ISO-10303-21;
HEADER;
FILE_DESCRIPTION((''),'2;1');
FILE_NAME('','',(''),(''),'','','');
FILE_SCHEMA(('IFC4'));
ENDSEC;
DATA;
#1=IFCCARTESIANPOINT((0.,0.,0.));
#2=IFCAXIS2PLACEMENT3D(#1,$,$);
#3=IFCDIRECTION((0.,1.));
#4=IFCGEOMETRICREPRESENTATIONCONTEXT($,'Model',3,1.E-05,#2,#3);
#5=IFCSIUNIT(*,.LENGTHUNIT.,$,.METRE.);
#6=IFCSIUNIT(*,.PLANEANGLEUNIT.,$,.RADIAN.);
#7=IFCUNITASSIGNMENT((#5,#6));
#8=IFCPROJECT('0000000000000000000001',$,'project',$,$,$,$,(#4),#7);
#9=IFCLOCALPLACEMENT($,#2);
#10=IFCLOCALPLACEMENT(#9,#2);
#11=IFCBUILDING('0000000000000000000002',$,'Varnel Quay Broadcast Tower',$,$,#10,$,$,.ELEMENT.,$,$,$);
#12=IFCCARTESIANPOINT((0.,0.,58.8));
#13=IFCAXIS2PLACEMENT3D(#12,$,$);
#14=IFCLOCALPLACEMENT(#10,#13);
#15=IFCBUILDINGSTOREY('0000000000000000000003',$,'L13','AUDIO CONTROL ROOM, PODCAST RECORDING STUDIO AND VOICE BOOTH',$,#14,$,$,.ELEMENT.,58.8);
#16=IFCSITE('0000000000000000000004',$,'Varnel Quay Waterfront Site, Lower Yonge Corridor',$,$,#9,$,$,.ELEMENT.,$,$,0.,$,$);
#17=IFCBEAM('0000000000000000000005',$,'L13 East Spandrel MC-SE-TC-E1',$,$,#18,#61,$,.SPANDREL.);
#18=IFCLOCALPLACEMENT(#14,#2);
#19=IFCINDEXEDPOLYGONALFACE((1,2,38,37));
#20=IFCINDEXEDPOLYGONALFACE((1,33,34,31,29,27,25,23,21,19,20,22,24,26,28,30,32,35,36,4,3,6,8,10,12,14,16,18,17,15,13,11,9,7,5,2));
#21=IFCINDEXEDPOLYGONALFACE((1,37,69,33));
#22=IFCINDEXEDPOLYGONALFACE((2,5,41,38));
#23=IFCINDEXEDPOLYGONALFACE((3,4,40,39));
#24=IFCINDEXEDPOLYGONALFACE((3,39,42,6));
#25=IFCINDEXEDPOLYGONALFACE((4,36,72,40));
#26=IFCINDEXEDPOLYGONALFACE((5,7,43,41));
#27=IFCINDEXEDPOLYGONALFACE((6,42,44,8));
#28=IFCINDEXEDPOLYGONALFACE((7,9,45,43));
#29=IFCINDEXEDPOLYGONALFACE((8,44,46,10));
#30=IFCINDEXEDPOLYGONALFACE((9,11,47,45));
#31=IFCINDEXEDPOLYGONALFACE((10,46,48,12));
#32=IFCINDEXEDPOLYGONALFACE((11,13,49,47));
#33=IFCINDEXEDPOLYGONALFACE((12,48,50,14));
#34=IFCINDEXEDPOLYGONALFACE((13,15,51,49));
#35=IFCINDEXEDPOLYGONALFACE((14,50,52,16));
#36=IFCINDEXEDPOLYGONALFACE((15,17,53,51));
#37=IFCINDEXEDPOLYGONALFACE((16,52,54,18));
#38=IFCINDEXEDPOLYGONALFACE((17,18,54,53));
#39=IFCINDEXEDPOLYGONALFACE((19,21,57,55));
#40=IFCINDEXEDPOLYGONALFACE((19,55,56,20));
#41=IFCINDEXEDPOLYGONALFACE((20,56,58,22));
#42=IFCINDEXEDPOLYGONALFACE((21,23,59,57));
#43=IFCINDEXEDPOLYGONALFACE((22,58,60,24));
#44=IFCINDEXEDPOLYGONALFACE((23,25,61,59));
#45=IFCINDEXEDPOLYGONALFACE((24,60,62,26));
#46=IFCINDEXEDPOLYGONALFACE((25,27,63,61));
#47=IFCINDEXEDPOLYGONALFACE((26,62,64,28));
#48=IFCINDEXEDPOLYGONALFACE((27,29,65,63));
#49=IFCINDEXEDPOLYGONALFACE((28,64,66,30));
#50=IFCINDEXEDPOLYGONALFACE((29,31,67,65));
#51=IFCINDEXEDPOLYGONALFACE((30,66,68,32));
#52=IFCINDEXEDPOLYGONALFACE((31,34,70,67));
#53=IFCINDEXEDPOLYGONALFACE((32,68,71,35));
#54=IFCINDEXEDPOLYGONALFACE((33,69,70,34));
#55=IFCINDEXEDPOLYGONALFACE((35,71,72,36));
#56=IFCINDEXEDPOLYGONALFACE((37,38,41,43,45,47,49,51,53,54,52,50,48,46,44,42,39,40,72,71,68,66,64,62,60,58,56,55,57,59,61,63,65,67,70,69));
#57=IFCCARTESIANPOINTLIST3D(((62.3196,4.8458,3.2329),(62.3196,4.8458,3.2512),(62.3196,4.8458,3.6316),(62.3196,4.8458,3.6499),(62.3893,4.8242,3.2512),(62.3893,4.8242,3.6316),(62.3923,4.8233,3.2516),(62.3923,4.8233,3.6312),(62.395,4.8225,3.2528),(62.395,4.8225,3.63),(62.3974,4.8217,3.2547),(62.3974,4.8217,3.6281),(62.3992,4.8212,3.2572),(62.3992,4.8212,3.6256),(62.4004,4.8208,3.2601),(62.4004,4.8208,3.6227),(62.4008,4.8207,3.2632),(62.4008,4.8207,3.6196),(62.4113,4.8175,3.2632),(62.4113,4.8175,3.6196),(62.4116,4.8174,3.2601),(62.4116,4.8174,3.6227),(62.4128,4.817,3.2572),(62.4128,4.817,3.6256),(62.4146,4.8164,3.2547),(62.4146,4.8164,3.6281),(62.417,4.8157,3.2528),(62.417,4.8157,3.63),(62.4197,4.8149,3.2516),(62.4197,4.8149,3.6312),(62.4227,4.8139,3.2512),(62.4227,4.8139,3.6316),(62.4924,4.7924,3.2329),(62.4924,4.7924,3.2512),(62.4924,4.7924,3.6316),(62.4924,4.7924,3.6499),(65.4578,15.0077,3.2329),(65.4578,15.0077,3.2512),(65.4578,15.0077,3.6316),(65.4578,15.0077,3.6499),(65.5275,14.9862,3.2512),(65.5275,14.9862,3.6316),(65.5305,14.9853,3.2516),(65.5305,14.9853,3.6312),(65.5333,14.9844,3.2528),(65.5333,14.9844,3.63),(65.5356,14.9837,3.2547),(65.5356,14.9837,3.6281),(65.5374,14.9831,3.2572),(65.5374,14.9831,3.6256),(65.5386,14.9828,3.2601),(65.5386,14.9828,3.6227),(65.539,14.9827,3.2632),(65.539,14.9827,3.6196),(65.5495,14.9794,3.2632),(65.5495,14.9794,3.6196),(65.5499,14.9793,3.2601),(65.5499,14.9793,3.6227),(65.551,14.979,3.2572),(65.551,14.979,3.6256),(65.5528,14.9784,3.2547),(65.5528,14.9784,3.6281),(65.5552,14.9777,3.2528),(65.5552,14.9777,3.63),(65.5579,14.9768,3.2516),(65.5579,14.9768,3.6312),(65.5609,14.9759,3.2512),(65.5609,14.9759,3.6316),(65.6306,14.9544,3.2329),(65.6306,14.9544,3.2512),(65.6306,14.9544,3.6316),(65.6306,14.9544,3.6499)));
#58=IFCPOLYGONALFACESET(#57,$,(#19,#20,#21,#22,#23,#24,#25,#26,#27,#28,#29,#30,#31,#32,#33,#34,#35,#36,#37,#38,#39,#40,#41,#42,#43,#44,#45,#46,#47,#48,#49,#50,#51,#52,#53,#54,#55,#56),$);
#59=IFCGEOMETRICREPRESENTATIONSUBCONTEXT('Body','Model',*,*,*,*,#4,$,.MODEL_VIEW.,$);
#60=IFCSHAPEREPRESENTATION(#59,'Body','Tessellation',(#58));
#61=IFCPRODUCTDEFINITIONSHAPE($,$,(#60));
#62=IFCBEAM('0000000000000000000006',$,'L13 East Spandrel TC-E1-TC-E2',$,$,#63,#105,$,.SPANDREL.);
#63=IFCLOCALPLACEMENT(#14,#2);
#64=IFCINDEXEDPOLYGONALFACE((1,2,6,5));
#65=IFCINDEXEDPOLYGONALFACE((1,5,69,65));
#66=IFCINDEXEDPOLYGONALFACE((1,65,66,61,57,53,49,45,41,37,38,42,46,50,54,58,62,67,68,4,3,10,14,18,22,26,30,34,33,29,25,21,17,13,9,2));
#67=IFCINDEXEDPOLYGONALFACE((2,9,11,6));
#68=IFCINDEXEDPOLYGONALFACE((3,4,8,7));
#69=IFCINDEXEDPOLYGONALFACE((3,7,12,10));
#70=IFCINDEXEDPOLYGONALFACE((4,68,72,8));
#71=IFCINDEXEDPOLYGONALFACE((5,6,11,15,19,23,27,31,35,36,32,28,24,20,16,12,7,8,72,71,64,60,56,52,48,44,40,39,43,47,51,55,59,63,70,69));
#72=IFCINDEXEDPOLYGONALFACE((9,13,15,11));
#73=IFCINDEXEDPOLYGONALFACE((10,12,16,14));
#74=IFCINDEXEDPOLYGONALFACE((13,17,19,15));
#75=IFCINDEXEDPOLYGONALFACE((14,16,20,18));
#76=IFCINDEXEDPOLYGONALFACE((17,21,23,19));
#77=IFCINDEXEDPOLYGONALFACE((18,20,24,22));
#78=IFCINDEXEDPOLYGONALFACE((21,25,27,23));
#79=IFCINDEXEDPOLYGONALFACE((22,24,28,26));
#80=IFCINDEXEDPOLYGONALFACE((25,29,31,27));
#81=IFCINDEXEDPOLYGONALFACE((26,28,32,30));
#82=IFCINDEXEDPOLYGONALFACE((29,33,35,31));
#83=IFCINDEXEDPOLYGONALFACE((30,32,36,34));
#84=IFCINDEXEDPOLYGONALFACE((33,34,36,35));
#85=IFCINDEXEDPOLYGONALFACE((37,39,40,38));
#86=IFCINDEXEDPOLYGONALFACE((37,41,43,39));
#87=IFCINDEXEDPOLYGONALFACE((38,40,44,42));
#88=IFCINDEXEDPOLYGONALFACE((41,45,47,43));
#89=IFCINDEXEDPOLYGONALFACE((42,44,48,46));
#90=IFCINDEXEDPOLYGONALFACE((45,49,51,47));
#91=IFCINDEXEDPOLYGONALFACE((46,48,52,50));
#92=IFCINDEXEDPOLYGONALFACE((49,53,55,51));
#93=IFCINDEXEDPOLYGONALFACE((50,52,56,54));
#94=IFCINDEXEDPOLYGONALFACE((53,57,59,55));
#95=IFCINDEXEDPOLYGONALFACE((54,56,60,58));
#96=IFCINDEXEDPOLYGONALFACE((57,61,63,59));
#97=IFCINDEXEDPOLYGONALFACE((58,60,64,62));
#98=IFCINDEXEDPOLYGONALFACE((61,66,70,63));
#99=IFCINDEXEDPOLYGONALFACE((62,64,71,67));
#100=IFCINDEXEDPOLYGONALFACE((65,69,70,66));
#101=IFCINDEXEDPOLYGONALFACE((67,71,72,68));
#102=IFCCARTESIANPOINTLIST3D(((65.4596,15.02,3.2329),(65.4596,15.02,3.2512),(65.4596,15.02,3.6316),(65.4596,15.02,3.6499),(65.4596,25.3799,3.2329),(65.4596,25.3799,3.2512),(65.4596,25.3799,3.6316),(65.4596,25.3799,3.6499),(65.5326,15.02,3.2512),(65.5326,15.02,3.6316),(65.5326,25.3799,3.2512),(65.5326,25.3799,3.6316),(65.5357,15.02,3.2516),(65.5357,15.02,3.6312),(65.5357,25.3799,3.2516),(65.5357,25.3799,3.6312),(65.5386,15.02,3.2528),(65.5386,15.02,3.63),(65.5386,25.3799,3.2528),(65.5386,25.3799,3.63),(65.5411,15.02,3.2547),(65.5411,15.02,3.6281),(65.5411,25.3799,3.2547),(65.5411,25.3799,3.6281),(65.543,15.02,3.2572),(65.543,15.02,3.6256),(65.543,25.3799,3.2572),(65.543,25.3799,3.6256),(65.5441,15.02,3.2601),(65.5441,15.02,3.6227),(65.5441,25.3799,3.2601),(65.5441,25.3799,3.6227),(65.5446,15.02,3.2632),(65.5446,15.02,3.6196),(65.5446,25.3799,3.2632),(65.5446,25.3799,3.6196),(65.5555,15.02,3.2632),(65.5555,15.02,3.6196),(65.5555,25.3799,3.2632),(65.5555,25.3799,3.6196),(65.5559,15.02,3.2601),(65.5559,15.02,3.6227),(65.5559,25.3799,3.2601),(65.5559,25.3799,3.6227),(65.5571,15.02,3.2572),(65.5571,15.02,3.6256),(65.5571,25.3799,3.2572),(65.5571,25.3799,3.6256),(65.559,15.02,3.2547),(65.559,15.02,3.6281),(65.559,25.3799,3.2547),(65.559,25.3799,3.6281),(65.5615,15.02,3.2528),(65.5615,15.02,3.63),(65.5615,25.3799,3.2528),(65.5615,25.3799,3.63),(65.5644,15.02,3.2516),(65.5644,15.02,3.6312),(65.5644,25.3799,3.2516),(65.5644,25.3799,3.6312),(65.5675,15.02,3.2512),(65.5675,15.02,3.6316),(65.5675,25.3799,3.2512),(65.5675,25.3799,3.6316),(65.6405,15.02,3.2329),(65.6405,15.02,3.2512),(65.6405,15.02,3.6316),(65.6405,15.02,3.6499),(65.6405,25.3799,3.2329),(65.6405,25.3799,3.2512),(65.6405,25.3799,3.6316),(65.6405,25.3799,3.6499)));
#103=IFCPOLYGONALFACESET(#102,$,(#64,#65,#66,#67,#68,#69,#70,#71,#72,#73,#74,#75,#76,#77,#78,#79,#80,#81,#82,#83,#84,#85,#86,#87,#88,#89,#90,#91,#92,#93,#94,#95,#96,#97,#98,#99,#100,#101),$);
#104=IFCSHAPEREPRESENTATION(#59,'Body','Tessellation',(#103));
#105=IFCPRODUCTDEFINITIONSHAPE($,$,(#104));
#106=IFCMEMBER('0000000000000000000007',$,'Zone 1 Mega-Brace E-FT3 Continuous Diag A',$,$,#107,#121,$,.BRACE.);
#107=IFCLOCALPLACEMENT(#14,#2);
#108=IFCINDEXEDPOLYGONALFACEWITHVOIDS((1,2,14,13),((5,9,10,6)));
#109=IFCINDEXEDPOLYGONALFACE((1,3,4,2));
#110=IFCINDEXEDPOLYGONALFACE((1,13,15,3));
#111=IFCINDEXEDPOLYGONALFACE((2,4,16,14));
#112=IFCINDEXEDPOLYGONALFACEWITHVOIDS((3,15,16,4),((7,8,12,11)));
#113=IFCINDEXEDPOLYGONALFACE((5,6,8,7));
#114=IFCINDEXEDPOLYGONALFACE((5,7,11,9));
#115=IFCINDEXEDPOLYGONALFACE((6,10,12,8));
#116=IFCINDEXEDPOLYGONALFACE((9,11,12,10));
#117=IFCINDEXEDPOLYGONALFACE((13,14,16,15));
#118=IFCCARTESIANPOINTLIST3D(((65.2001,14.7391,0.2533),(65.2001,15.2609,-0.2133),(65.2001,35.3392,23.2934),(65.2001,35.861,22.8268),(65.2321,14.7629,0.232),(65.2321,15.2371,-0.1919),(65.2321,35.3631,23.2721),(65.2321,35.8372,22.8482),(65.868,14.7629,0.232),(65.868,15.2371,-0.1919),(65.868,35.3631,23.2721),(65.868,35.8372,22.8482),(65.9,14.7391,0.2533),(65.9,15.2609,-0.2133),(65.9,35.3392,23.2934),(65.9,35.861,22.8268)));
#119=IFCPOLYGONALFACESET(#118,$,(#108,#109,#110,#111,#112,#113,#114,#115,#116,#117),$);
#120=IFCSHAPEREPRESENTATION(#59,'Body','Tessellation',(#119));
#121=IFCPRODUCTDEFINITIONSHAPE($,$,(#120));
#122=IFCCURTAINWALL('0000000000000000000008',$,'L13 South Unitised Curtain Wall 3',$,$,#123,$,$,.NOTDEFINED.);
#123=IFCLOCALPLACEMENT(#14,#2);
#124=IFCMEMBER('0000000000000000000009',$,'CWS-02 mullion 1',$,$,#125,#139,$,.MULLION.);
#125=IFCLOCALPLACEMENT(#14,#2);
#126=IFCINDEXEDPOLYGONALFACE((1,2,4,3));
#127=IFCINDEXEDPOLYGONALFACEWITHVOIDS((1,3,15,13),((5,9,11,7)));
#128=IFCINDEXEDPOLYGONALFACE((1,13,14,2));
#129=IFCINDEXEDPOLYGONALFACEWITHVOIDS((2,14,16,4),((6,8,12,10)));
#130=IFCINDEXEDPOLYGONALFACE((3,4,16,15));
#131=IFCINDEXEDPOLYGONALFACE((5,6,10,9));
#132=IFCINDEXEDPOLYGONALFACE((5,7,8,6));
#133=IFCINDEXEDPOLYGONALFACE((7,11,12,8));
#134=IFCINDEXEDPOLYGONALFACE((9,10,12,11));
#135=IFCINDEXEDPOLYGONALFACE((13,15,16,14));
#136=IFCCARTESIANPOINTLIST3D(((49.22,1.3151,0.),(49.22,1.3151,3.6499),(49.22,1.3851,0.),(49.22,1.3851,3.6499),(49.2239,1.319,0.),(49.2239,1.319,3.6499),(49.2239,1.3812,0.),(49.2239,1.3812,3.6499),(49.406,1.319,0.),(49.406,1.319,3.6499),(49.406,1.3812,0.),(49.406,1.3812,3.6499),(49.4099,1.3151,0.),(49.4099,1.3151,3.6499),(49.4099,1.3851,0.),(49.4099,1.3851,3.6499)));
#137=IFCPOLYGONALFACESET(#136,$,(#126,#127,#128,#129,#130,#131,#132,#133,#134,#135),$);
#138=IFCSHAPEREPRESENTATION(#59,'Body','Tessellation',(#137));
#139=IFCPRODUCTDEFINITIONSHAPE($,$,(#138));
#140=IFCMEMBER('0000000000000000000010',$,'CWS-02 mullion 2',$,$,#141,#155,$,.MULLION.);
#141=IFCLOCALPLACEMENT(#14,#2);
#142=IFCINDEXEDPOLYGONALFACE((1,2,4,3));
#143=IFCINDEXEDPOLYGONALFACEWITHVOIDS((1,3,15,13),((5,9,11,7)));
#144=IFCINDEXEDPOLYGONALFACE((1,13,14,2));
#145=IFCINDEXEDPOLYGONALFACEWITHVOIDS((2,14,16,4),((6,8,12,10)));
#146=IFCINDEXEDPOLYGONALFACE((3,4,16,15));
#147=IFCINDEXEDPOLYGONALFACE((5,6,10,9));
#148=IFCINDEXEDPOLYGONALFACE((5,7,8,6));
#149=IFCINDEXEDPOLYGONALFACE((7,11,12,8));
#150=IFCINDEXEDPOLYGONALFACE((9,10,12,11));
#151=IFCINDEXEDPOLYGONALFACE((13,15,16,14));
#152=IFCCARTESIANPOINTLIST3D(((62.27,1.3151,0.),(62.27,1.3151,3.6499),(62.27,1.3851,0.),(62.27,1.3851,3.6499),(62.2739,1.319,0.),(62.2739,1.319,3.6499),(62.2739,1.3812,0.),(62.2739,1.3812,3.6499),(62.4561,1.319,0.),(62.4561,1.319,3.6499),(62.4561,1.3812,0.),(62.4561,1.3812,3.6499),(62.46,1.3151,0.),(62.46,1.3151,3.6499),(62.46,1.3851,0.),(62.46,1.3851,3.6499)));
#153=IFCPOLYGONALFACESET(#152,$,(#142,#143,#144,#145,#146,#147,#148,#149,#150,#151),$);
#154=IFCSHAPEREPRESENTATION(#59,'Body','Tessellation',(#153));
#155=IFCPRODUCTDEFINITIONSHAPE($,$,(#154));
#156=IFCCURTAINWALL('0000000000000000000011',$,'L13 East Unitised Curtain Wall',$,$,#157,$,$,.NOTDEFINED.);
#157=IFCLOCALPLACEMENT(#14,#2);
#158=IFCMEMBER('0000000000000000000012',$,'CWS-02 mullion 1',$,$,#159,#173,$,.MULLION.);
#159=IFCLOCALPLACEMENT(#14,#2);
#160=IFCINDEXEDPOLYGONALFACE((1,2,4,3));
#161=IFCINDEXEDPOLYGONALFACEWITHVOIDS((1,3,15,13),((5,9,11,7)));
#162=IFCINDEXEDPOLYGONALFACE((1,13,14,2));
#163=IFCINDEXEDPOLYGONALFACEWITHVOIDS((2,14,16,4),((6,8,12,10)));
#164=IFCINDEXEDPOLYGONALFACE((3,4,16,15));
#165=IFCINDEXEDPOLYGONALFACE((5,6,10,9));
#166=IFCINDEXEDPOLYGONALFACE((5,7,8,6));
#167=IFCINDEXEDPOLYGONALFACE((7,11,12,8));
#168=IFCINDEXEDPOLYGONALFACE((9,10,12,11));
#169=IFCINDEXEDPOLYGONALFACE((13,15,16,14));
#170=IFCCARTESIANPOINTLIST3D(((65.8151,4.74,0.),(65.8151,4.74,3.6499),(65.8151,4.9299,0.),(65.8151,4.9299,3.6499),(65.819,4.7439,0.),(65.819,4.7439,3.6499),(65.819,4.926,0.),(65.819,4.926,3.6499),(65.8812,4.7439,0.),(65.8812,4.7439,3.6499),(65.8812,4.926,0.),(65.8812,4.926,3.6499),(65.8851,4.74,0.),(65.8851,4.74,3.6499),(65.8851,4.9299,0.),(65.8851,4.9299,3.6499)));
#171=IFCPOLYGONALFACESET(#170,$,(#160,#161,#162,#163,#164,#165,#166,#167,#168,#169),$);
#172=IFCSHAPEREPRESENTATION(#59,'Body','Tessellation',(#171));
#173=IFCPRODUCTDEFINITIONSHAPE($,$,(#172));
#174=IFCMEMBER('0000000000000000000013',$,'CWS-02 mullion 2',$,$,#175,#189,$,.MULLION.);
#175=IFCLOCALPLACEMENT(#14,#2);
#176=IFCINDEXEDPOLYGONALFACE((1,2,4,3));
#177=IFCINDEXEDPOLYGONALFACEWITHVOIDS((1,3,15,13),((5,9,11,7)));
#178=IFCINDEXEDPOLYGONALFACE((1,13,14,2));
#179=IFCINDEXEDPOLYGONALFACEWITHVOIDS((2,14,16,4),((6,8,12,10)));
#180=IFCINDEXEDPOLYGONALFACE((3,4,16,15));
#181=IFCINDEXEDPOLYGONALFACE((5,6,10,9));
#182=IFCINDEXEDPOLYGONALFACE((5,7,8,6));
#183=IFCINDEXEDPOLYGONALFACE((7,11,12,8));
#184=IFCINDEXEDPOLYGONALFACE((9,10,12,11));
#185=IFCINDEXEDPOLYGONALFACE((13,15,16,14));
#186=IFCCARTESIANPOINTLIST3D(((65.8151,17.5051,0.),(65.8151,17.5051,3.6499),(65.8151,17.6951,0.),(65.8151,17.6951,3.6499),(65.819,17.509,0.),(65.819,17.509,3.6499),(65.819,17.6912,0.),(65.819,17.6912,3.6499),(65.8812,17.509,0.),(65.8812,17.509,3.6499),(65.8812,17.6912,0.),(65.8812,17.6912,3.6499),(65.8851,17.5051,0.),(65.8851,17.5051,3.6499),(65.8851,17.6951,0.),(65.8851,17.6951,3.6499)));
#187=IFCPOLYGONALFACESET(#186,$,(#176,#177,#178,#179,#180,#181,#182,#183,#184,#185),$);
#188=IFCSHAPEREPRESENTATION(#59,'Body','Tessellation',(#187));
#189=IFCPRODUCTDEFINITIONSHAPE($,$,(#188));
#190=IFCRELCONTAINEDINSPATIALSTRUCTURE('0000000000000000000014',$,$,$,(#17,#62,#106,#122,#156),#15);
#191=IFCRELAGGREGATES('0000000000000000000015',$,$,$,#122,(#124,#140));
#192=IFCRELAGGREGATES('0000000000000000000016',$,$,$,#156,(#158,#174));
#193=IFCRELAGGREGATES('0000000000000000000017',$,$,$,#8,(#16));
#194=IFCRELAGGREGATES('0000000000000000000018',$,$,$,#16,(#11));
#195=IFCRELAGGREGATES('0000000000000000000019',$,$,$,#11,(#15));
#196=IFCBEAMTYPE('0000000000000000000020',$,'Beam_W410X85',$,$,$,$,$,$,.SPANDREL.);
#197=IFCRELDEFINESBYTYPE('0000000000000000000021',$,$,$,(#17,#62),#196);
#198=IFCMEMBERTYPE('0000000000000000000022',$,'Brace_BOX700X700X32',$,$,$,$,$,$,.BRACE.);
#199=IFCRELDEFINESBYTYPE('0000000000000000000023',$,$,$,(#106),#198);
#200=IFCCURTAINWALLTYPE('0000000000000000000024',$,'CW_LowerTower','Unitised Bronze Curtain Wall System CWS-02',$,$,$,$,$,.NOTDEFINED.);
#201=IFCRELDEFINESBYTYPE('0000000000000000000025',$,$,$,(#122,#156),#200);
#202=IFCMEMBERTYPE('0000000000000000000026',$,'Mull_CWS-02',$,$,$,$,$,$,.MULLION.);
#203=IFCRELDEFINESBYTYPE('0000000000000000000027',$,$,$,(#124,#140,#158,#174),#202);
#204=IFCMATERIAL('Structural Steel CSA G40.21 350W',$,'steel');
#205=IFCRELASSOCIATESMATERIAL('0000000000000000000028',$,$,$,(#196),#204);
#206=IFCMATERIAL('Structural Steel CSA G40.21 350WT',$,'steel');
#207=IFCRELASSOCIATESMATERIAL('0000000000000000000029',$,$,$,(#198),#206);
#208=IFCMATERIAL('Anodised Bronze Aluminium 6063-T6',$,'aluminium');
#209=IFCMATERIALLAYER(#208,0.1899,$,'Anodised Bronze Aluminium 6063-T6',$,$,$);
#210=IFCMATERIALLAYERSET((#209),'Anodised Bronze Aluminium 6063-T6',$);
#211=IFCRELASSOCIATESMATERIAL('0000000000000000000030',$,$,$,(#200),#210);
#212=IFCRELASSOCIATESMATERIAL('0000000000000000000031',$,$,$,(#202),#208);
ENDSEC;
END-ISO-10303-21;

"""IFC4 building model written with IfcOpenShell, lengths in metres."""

from ifc_helpers import new_model, si_unit, direction, frame, origin, origin_2d, place, context, subcontext, project, spatial, hollow_rectangle, i_section, extrude, source, transform, mapped, material, layer, layer_set, material_profile, profile_set, type_object, type_shapes, element, aggregate, save


model = new_model("IFC4")

# Units and contexts
model_context = context("Model", 3, precision=1e-05, world=origin(), true_north=direction((0.0, 1.0)))
body_context = subcontext(model_context, "Body", "Model", "MODEL_VIEW")
ifc_project = project(units=[si_unit("LENGTHUNIT", "METRE"), si_unit("PLANEANGLEUNIT", "RADIAN")], contexts=[model_context])

# Site, building, storey
site_placement = place(None, origin())
site = spatial("IfcSite", under=ifc_project, at=site_placement, Name="Varnel Quay Waterfront Site, Lower Yonge Corridor", CompositionType="ELEMENT", RefElevation=0.0)
building_placement = place(site_placement, origin())
building = spatial("IfcBuilding", under=site, at=building_placement, Name="Varnel Quay Broadcast Tower", CompositionType="ELEMENT")
storey_placement = place(building_placement, frame((0.0, 0.0, 58.8)))
storey = spatial("IfcBuildingStorey", under=building, at=storey_placement, Name="L13", Description="AUDIO CONTROL ROOM, PODCAST RECORDING STUDIO AND VOICE BOOTH", CompositionType="ELEMENT", Elevation=58.8)

# Shared definitions
ifc_material_1 = material(Name="Structural Steel CSA G40.21 350WT", Category="steel")
ifc_material_2 = material(Name="Structural Steel CSA G40.21 350W", Category="steel")

# Beams
ifc_material_profile_1 = material_profile(ifc_material_2, i_section(OverallWidth=0.1809, OverallDepth=0.417, WebThickness=0.011, FlangeThickness=0.0183, FilletRadius=0.012, at=origin_2d()), Name="W410X85")
ifc_profile_set_1 = profile_set([ifc_material_profile_1], Name="Structural Steel CSA G40.21 350W")
beam_type = type_object("IfcBeamType", Name="Beam_W410X85", PredefinedType="SPANDREL", material=ifc_profile_set_1)
shared_shape_1 = source(origin(), body_context, "Body", "SweptSolid", [
    extrude(i_section(OverallWidth=0.1809, OverallDepth=0.417, WebThickness=0.011, FlangeThickness=0.0183, FilletRadius=0.012, at=origin_2d()), origin(), (0.0, 0.0, 1.0), 10.6355),
])
beam_1_placement = place(storey_placement, frame((62.406, 4.8191, 3.4414), z_axis=(0.29507, 0.955476, 0.0), x_axis=(-0.955476, 0.29507, 0.0)))
element("IfcBeam", 1, at=beam_1_placement, inside=storey, type_object=beam_type, Name="L13 East Spandrel MC-SE-TC-E1", PredefinedType="SPANDREL", context=body_context, shape_type="MappedRepresentation", body=[
    mapped(shared_shape_1, transform((0.0, 0.0, 0.0), x_axis=(1.0, 0.0, 0.0), y_axis=(0.0, 1.0, 0.0), z_axis=(0.0, 0.0, 1.0), scale=1.0)),
])
shared_shape_2 = source(origin(), body_context, "Body", "SweptSolid", [
    extrude(i_section(OverallWidth=0.1809, OverallDepth=0.417, WebThickness=0.011, FlangeThickness=0.0183, FilletRadius=0.012, at=origin_2d()), origin(), (0.0, 0.0, 1.0), 10.3599),
])
beam_2_placement = place(storey_placement, frame((65.55, 15.02, 3.4414), z_axis=(0.0, 1.0, 0.0), x_axis=(-1.0, 0.0, 0.0)))
element("IfcBeam", 2, at=beam_2_placement, inside=storey, type_object=beam_type, Name="L13 East Spandrel TC-E1-TC-E2", PredefinedType="SPANDREL", context=body_context, shape_type="MappedRepresentation", body=[
    mapped(shared_shape_2, transform((0.0, 0.0, 0.0), x_axis=(1.0, 0.0, 0.0), y_axis=(0.0, 1.0, 0.0), z_axis=(0.0, 0.0, 1.0), scale=1.0)),
])

# Member
ifc_material_profile_2 = material_profile(ifc_material_1, hollow_rectangle(XDim=0.7, YDim=0.7, WallThickness=0.032, at=origin_2d()), Name="BOX700X700X32")
ifc_profile_set_2 = profile_set([ifc_material_profile_2], Name="Structural Steel CSA G40.21 350WT")
member_type_1 = type_object("IfcMemberType", Name="Brace_BOX700X700X32", PredefinedType="BRACE", material=ifc_profile_set_2)
shared_shape_3 = source(origin(), body_context, "Body", "SweptSolid", [
    extrude(hollow_rectangle(XDim=0.7, YDim=0.7, WallThickness=0.032, at=origin_2d()), origin(), (0.0, 0.0, 1.0), 30.9065),
])
type_shapes(member_type_1, [shared_shape_3])
member_1_placement = place(storey_placement, frame((65.55, 15.0, 0.02), z_axis=(0.0, 0.666531, 0.745477), x_axis=(-1.0, 0.0, 0.0)))
element("IfcMember", 3, at=member_1_placement, inside=storey, type_object=member_type_1, Name="Zone 1 Mega-Brace E-FT3 Continuous Diag A", PredefinedType="BRACE", context=body_context, shape_type="MappedRepresentation", body=[
    mapped(shared_shape_3, transform((0.0, 0.0, 0.0), x_axis=(1.0, 0.0, 0.0), y_axis=(0.0, 1.0, 0.0), z_axis=(0.0, 0.0, 1.0), scale=1.0)),
])

# Curtain walls, members
ifc_material_3 = material(Name="Anodised Bronze Aluminium 6063-T6", Category="aluminium")
ifc_layer_1 = layer(ifc_material_3, 0.1899, Name="Anodised Bronze Aluminium 6063-T6")
ifc_layer_set_1 = layer_set([ifc_layer_1], Name="Anodised Bronze Aluminium 6063-T6")
curtain_wall_type_1 = type_object("IfcCurtainWallType", Name="CW_LowerTower", Description="Unitised Bronze Curtain Wall System CWS-02", PredefinedType="NOTDEFINED", material=ifc_layer_set_1)
curtain_wall_1_placement = place(storey_placement, origin())
curtain_wall_1 = element("IfcCurtainWall", 4, at=curtain_wall_1_placement, inside=storey, type_object=curtain_wall_type_1, Name="L13 South Unitised Curtain Wall 3", PredefinedType="NOTDEFINED")
ifc_material_profile_3 = material_profile(ifc_material_3, hollow_rectangle(XDim=0.0701, YDim=0.1899, WallThickness=0.0039, at=origin_2d()), Name="ALU70X190X4")
ifc_profile_set_3 = profile_set([ifc_material_profile_3], Name="Anodised Bronze Aluminium 6063-T6")
member_type_2 = type_object("IfcMemberType", Name="Mull_CWS-02", PredefinedType="MULLION", material=ifc_profile_set_3)
shared_shape_4 = source(origin(), body_context, "Body", "SweptSolid", [
    extrude(hollow_rectangle(XDim=0.0701, YDim=0.1899, WallThickness=0.0039, at=origin_2d()), origin(), (0.0, 0.0, 1.0), 3.6499),
])
type_shapes(member_type_2, [shared_shape_4])
member_2_placement = place(storey_placement, frame((49.3149, 1.3501, 0.0), z_axis=(0.0, 0.0, 1.0), x_axis=(0.0, 1.0, 0.0)))
member_2 = element("IfcMember", 5, at=member_2_placement, type_object=member_type_2, Name="CWS-02 mullion 1", PredefinedType="MULLION", context=body_context, shape_type="MappedRepresentation", body=[
    mapped(shared_shape_4, transform((0.0, 0.0, 0.0), x_axis=(1.0, 0.0, 0.0), y_axis=(0.0, 1.0, 0.0), z_axis=(0.0, 0.0, 1.0), scale=1.0)),
])
member_3_placement = place(storey_placement, frame((62.365, 1.3501, 0.0), z_axis=(0.0, 0.0, 1.0), x_axis=(0.0, 1.0, 0.0)))
member_3 = element("IfcMember", 6, at=member_3_placement, type_object=member_type_2, Name="CWS-02 mullion 2", PredefinedType="MULLION", context=body_context, shape_type="MappedRepresentation", body=[
    mapped(shared_shape_4, transform((0.0, 0.0, 0.0), x_axis=(1.0, 0.0, 0.0), y_axis=(0.0, 1.0, 0.0), z_axis=(0.0, 0.0, 1.0), scale=1.0)),
])
curtain_wall_2_placement = place(storey_placement, origin())
curtain_wall_2 = element("IfcCurtainWall", 7, at=curtain_wall_2_placement, inside=storey, type_object=curtain_wall_type_1, Name="L13 East Unitised Curtain Wall", PredefinedType="NOTDEFINED")
member_4_placement = place(storey_placement, frame((65.8501, 4.835, 0.0), z_axis=(0.0, 0.0, 1.0), x_axis=(-1.0, 0.0, 0.0)))
member_4 = element("IfcMember", 8, at=member_4_placement, type_object=member_type_2, Name="CWS-02 mullion 1", PredefinedType="MULLION", context=body_context, shape_type="MappedRepresentation", body=[
    mapped(shared_shape_4, transform((0.0, 0.0, 0.0), x_axis=(1.0, 0.0, 0.0), y_axis=(0.0, 1.0, 0.0), z_axis=(0.0, 0.0, 1.0), scale=1.0)),
])
member_5_placement = place(storey_placement, frame((65.8501, 17.6001, 0.0), z_axis=(0.0, 0.0, 1.0), x_axis=(-1.0, 0.0, 0.0)))
member_5 = element("IfcMember", 9, at=member_5_placement, type_object=member_type_2, Name="CWS-02 mullion 2", PredefinedType="MULLION", context=body_context, shape_type="MappedRepresentation", body=[
    mapped(shared_shape_4, transform((0.0, 0.0, 0.0), x_axis=(1.0, 0.0, 0.0), y_axis=(0.0, 1.0, 0.0), z_axis=(0.0, 0.0, 1.0), scale=1.0)),
])

aggregate(curtain_wall_1, [member_2, member_3])
aggregate(curtain_wall_2, [member_4, member_5])

save(model, "model.ifc")
